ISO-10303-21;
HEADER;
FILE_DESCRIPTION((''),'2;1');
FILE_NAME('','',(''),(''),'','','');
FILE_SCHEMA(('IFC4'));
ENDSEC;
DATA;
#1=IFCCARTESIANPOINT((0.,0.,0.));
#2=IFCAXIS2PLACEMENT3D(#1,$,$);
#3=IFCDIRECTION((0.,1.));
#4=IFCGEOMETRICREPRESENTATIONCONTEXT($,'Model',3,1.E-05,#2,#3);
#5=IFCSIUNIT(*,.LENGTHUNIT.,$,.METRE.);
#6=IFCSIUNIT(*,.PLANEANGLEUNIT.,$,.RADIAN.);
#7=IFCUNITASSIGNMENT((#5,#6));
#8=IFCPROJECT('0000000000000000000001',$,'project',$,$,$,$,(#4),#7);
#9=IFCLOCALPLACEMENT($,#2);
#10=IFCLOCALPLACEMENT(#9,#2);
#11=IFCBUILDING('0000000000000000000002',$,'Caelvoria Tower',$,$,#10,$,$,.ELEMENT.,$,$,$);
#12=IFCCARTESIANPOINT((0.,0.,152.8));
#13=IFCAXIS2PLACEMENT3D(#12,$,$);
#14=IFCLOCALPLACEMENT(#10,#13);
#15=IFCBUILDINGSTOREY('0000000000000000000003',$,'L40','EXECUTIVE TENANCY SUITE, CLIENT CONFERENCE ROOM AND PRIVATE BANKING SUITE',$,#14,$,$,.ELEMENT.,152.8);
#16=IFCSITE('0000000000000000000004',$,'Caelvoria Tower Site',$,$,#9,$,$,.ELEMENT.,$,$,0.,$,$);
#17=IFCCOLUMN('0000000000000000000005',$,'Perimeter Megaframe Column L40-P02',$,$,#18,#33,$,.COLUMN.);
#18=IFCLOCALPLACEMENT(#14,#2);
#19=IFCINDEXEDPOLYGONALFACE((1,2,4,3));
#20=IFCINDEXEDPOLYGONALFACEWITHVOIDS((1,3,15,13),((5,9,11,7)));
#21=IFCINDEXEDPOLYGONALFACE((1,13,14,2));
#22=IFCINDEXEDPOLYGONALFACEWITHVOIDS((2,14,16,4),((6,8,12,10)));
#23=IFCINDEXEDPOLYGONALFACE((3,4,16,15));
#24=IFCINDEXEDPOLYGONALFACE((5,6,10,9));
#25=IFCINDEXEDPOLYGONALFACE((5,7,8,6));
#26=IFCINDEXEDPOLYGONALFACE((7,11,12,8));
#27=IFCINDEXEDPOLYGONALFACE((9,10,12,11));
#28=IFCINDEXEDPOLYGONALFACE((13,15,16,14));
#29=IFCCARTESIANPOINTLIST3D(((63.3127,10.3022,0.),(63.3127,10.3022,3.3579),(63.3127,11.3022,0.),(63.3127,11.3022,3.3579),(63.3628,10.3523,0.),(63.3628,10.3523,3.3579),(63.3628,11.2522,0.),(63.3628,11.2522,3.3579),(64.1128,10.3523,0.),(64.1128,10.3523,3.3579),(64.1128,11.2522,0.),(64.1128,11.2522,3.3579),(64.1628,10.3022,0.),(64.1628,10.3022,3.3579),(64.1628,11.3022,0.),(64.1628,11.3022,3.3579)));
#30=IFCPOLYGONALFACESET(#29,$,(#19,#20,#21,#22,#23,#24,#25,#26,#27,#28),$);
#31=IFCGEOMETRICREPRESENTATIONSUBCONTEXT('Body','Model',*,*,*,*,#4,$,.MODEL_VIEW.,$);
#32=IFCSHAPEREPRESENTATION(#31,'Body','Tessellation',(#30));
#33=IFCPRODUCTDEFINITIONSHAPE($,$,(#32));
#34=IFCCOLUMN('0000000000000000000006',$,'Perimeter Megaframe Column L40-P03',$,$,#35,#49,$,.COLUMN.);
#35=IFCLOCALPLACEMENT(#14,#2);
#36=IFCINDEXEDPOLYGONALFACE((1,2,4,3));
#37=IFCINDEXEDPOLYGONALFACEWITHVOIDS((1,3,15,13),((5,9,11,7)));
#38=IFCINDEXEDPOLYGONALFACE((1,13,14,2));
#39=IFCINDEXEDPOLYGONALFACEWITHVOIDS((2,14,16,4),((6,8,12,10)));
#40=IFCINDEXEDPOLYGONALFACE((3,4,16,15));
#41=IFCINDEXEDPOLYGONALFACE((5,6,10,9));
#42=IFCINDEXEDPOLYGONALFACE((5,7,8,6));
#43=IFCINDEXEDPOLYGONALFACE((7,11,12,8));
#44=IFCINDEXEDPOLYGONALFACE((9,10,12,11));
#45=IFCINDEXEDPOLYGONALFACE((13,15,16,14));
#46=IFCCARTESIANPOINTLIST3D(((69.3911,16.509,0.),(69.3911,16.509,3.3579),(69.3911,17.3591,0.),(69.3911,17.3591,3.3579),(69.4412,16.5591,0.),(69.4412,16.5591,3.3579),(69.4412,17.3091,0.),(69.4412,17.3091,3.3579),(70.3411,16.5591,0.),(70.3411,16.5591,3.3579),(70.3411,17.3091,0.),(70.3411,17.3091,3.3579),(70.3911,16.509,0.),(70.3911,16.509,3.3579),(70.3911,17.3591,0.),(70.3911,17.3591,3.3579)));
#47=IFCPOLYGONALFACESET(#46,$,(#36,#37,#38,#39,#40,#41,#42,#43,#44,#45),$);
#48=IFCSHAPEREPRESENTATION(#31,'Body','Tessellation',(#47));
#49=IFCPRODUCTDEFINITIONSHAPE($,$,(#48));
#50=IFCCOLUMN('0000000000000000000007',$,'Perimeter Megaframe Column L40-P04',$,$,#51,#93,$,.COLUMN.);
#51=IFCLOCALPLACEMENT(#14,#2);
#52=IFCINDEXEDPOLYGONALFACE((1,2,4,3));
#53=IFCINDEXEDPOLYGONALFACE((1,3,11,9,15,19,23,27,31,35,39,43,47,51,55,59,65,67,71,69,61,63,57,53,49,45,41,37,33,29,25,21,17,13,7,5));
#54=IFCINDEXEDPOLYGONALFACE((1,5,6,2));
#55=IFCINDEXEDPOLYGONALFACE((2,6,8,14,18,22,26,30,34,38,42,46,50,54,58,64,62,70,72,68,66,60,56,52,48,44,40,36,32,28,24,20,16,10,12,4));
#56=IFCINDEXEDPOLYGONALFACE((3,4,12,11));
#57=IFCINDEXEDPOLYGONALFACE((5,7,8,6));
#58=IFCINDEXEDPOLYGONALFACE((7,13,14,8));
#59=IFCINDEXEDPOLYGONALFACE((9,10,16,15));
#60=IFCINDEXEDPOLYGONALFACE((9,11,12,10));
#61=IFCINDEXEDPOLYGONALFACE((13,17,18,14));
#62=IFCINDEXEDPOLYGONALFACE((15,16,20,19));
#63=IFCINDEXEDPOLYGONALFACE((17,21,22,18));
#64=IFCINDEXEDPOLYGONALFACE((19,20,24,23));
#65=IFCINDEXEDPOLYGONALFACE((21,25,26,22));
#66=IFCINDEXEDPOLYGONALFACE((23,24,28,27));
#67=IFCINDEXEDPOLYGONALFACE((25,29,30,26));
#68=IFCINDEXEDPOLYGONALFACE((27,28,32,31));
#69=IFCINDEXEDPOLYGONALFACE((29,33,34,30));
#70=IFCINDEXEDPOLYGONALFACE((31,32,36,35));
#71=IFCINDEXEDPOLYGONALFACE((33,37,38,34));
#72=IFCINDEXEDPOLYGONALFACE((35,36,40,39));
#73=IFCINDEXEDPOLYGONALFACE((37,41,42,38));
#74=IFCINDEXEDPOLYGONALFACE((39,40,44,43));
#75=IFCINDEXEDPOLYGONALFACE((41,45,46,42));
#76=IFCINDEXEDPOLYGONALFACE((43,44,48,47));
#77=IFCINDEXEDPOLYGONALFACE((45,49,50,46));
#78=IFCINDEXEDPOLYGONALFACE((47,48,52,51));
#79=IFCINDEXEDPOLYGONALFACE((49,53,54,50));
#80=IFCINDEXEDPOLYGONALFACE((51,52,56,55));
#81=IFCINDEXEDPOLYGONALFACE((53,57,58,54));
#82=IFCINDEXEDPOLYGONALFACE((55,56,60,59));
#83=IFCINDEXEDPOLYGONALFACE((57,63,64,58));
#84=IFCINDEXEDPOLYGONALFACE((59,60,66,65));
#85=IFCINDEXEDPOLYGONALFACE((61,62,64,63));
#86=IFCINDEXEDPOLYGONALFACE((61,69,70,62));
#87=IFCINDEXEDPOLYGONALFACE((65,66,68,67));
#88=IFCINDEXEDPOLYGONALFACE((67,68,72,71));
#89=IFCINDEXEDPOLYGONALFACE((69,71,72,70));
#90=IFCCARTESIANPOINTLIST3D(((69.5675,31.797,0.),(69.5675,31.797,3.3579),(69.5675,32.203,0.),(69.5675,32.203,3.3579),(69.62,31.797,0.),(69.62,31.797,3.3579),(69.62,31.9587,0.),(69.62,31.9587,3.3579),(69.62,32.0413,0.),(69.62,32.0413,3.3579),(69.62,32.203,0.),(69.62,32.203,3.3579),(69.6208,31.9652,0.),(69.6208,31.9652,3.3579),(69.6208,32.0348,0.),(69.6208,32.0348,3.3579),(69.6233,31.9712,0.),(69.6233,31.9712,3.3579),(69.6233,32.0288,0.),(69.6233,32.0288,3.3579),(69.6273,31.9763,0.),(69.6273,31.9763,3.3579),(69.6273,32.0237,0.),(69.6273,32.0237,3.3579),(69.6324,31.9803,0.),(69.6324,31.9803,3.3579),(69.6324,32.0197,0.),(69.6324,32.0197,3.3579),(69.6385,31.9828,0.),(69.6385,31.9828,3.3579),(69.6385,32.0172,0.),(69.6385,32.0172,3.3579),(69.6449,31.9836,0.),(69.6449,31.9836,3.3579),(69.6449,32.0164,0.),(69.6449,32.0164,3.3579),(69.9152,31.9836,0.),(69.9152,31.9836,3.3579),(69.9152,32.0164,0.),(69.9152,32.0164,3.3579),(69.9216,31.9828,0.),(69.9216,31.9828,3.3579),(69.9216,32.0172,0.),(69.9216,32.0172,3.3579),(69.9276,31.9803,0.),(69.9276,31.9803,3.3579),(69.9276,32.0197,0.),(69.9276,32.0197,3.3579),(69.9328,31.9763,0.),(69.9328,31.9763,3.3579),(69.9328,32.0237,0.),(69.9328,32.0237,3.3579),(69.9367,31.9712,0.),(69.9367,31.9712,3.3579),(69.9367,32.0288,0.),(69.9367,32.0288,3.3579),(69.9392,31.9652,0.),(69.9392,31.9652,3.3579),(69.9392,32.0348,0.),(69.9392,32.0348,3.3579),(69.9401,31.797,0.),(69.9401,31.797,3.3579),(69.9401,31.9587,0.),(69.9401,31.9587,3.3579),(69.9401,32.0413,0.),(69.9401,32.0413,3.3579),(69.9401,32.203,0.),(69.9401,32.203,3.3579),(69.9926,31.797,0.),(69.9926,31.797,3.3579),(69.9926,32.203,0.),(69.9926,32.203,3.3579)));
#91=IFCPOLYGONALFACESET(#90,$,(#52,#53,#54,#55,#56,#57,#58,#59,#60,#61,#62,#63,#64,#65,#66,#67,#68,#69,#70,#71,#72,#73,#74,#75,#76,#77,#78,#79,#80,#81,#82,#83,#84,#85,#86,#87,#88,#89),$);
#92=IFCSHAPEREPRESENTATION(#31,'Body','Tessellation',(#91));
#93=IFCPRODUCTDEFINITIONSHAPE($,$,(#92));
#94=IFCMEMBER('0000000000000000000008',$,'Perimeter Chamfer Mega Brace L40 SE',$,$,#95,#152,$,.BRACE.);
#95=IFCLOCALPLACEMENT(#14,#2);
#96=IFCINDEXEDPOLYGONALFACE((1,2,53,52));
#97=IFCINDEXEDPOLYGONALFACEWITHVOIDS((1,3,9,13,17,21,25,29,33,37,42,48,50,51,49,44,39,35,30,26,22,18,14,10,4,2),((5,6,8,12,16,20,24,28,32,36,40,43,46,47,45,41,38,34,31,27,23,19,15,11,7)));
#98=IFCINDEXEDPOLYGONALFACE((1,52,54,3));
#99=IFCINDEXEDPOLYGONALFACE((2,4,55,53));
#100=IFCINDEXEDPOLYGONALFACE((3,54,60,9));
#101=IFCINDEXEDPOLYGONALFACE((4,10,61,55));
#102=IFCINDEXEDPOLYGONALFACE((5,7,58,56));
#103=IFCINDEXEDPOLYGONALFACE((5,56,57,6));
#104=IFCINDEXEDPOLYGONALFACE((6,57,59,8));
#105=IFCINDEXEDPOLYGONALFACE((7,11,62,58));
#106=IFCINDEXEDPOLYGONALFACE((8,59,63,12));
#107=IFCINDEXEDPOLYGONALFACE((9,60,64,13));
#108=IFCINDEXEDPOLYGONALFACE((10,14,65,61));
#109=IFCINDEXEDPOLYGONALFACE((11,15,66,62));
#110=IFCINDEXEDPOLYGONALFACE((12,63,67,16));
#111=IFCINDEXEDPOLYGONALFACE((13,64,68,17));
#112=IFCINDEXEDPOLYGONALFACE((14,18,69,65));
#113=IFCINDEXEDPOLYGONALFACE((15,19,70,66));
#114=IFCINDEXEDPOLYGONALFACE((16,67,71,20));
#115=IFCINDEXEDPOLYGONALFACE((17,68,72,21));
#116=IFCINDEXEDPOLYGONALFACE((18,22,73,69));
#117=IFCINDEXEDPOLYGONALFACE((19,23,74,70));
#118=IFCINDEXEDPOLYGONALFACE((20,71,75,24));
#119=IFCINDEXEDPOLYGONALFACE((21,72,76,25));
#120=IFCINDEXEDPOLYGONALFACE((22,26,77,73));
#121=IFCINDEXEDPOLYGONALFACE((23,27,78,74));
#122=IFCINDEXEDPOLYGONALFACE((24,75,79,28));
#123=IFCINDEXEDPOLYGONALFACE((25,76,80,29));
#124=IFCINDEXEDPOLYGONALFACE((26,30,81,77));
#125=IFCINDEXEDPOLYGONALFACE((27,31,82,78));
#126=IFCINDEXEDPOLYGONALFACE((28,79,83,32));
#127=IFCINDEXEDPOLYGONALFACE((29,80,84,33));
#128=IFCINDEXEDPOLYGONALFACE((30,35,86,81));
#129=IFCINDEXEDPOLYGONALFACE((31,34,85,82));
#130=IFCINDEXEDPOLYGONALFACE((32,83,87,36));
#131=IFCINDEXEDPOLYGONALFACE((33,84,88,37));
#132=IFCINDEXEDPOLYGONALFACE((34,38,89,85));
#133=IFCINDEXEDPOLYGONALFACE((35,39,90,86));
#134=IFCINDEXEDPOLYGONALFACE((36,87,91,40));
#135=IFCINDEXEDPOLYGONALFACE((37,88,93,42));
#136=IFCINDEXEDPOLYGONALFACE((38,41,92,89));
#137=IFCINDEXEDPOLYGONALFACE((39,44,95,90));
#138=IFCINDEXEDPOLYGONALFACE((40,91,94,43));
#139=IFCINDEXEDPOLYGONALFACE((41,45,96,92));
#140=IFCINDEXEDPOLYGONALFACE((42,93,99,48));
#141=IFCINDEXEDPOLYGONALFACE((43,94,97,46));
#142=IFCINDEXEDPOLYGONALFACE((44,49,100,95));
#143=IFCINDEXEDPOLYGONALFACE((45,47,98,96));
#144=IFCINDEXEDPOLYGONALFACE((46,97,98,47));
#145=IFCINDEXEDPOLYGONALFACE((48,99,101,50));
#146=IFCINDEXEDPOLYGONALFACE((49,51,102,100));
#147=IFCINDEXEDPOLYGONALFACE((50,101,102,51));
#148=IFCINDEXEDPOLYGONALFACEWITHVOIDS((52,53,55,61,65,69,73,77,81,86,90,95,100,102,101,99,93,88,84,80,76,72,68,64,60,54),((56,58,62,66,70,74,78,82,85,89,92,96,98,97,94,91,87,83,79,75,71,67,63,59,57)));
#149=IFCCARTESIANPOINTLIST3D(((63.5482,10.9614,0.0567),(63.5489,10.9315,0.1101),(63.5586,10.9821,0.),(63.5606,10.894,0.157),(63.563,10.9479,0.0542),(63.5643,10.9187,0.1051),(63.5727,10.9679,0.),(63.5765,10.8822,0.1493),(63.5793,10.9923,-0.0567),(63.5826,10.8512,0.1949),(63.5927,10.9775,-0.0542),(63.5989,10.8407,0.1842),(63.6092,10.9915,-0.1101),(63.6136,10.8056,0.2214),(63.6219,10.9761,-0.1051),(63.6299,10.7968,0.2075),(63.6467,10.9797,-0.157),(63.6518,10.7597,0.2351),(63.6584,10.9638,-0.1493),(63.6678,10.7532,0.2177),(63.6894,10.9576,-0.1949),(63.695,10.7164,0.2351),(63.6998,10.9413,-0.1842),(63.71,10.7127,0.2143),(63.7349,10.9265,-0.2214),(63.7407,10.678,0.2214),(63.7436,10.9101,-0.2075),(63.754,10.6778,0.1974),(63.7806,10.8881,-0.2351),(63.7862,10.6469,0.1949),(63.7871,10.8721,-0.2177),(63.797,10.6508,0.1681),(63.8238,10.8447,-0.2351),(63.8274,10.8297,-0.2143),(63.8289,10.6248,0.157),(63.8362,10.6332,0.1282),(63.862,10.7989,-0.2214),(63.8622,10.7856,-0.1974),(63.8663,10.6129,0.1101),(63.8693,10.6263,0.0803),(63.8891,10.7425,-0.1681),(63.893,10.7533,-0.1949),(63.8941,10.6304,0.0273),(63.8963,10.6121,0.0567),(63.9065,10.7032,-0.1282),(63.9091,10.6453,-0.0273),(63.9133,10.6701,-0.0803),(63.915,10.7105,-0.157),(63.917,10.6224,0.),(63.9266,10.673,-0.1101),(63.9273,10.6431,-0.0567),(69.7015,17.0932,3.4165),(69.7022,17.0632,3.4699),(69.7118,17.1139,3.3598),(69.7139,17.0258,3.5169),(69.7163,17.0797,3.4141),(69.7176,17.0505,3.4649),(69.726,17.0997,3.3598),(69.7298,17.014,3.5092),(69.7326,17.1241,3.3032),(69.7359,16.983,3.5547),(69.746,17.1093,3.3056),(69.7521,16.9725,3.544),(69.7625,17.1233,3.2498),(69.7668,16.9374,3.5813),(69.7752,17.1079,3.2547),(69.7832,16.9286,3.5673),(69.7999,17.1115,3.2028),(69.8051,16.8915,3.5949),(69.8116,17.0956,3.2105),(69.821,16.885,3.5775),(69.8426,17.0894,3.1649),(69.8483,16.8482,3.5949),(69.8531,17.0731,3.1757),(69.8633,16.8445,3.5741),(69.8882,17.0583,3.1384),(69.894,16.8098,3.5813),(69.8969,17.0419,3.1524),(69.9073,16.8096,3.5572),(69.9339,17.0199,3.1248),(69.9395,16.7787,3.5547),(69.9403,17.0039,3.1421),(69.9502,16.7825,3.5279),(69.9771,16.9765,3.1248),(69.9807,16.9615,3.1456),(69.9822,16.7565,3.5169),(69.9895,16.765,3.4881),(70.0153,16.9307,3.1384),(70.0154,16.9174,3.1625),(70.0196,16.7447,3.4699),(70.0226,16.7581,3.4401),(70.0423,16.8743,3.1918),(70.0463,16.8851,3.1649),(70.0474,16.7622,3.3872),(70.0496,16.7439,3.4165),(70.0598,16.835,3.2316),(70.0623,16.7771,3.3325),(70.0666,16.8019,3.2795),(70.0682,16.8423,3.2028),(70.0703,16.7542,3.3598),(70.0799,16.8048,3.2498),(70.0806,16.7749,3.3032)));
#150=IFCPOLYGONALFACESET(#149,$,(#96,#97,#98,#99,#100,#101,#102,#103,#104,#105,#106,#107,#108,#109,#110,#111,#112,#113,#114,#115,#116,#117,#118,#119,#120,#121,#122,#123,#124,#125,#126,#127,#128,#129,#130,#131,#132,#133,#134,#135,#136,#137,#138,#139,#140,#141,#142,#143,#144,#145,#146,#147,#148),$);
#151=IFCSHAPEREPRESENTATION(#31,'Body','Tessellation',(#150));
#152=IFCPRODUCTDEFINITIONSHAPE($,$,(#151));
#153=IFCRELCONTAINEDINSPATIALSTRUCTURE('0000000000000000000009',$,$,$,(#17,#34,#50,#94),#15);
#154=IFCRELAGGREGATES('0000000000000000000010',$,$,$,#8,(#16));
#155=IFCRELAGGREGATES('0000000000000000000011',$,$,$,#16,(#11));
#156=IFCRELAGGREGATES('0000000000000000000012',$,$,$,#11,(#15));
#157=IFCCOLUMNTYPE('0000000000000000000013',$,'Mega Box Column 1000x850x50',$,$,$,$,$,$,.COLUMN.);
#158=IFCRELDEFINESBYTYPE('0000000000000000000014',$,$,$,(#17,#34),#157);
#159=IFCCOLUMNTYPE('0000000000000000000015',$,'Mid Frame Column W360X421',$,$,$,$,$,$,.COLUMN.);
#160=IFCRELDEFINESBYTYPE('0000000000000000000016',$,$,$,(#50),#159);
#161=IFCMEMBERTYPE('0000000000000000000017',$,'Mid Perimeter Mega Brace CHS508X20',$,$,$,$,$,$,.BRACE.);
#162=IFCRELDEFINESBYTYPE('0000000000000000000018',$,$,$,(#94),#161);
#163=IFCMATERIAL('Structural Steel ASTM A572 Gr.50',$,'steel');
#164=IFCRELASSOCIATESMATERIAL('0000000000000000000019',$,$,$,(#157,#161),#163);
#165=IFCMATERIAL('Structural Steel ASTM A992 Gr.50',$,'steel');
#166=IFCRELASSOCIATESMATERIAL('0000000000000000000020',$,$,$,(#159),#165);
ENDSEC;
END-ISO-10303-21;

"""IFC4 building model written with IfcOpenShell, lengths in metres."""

from ifc_helpers import new_model, si_unit, direction, frame, origin, origin_2d, place, context, subcontext, project, spatial, hollow_rectangle, hollow_circle, i_section, extrude, material, material_profile, profile_set, type_object, element, save


model = new_model("IFC4")

# Units and contexts
model_context = context("Model", 3, precision=1e-05, world=origin(), true_north=direction((0.0, 1.0)))
body_context = subcontext(model_context, "Body", "Model", "MODEL_VIEW")
ifc_project = project(units=[si_unit("LENGTHUNIT", "METRE"), si_unit("PLANEANGLEUNIT", "RADIAN")], contexts=[model_context])

# Site, building, storey
site_placement = place(None, origin())
site = spatial("IfcSite", under=ifc_project, at=site_placement, Name="Caelvoria Tower Site", CompositionType="ELEMENT", RefElevation=0.0)
building_placement = place(site_placement, origin())
building = spatial("IfcBuilding", under=site, at=building_placement, Name="Caelvoria Tower", CompositionType="ELEMENT")
storey_placement = place(building_placement, frame((0.0, 0.0, 152.8)))
storey = spatial("IfcBuildingStorey", under=building, at=storey_placement, Name="L40", Description="EXECUTIVE TENANCY SUITE, CLIENT CONFERENCE ROOM AND PRIVATE BANKING SUITE", CompositionType="ELEMENT", Elevation=152.8)

# Columns
ifc_material_1 = material(Name="Structural Steel ASTM A572 Gr.50", Category="steel")
ifc_material_profile_1 = material_profile(ifc_material_1, hollow_rectangle(XDim=0.8501, YDim=1.0, WallThickness=0.05, at=origin_2d()), Name="Structural Steel ASTM A572 Gr.50")
ifc_profile_set_1 = profile_set([ifc_material_profile_1], Name="BOX1000X850X50 - Structural Steel ASTM A572 Gr.50")
column_type_1 = type_object("IfcColumnType", Name="Mega Box Column 1000x850x50", PredefinedType="COLUMN", material=ifc_profile_set_1)
for number, where, z_axis, x_axis, name in (
    (1, (63.7378, 10.8022, 0.0), (0.0, 0.0, 1.0), (1.0, 0.0, 0.0), "Perimeter Megaframe Column L40-P02"),
    (2, (69.8911, 16.9341, 0.0), (0.0, 0.0, 1.0), (0.0, 1.0, 0.0), "Perimeter Megaframe Column L40-P03"),
):
    element("IfcColumn", number, at=place(storey_placement, frame(where, z_axis=z_axis, x_axis=x_axis)), inside=storey, type_object=column_type_1, Name=name, PredefinedType="COLUMN", context=body_context, shape_type="SweptSolid", body=[
        extrude(hollow_rectangle(XDim=0.8501, YDim=1.0, WallThickness=0.05, at=origin_2d()), origin(), (0.0, 0.0, 1.0), 3.3579),
    ])
ifc_material_2 = material(Name="Structural Steel ASTM A992 Gr.50", Category="steel")
ifc_material_profile_2 = material_profile(ifc_material_2, i_section(OverallWidth=0.406, OverallDepth=0.425, WebThickness=0.0327, FlangeThickness=0.0525, FilletRadius=0.0249, at=origin_2d()), Name="Structural Steel ASTM A992 Gr.50")
ifc_profile_set_2 = profile_set([ifc_material_profile_2], Name="W360X421 - Structural Steel ASTM A992 Gr.50")
column_type_2 = type_object("IfcColumnType", Name="Mid Frame Column W360X421", PredefinedType="COLUMN", material=ifc_profile_set_2)
column_placement = place(storey_placement, frame((69.78, 32.0, 0.0), z_axis=(0.0, 0.0, 1.0), x_axis=(0.0, 1.0, 0.0)))
element("IfcColumn", 3, at=column_placement, inside=storey, type_object=column_type_2, Name="Perimeter Megaframe Column L40-P04", PredefinedType="COLUMN", context=body_context, shape_type="SweptSolid", body=[
    extrude(i_section(OverallWidth=0.406, OverallDepth=0.425, WebThickness=0.0327, FlangeThickness=0.0525, FilletRadius=0.0249, at=origin_2d()), origin(), (0.0, 0.0, 1.0), 3.3579),
])

# Member
ifc_material_profile_3 = material_profile(ifc_material_1, hollow_circle(Radius=0.2539, WallThickness=0.02, at=origin_2d()), Name="Structural Steel ASTM A572 Gr.50")
ifc_profile_set_3 = profile_set([ifc_material_profile_3], Name="CHS508X20 - Structural Steel ASTM A572 Gr.50")
member_type = type_object("IfcMemberType", Name="Mid Perimeter Mega Brace CHS508X20", PredefinedType="BRACE", material=ifc_profile_set_3)
member_placement = place(storey_placement, frame((63.7378, 10.8022, 0.0), z_axis=(0.66065, 0.658343, 0.360731), x_axis=(-0.705869, 0.708342, 0.0)))
element("IfcMember", 4, at=member_placement, inside=storey, type_object=member_type, Name="Perimeter Chamfer Mega Brace L40 SE", PredefinedType="BRACE", context=body_context, shape_type="SweptSolid", body=[
    extrude(hollow_circle(Radius=0.2539, WallThickness=0.02, at=origin_2d()), origin(), (0.0, 0.0, 1.0), 9.314),
])

save(model, "model.ifc")
